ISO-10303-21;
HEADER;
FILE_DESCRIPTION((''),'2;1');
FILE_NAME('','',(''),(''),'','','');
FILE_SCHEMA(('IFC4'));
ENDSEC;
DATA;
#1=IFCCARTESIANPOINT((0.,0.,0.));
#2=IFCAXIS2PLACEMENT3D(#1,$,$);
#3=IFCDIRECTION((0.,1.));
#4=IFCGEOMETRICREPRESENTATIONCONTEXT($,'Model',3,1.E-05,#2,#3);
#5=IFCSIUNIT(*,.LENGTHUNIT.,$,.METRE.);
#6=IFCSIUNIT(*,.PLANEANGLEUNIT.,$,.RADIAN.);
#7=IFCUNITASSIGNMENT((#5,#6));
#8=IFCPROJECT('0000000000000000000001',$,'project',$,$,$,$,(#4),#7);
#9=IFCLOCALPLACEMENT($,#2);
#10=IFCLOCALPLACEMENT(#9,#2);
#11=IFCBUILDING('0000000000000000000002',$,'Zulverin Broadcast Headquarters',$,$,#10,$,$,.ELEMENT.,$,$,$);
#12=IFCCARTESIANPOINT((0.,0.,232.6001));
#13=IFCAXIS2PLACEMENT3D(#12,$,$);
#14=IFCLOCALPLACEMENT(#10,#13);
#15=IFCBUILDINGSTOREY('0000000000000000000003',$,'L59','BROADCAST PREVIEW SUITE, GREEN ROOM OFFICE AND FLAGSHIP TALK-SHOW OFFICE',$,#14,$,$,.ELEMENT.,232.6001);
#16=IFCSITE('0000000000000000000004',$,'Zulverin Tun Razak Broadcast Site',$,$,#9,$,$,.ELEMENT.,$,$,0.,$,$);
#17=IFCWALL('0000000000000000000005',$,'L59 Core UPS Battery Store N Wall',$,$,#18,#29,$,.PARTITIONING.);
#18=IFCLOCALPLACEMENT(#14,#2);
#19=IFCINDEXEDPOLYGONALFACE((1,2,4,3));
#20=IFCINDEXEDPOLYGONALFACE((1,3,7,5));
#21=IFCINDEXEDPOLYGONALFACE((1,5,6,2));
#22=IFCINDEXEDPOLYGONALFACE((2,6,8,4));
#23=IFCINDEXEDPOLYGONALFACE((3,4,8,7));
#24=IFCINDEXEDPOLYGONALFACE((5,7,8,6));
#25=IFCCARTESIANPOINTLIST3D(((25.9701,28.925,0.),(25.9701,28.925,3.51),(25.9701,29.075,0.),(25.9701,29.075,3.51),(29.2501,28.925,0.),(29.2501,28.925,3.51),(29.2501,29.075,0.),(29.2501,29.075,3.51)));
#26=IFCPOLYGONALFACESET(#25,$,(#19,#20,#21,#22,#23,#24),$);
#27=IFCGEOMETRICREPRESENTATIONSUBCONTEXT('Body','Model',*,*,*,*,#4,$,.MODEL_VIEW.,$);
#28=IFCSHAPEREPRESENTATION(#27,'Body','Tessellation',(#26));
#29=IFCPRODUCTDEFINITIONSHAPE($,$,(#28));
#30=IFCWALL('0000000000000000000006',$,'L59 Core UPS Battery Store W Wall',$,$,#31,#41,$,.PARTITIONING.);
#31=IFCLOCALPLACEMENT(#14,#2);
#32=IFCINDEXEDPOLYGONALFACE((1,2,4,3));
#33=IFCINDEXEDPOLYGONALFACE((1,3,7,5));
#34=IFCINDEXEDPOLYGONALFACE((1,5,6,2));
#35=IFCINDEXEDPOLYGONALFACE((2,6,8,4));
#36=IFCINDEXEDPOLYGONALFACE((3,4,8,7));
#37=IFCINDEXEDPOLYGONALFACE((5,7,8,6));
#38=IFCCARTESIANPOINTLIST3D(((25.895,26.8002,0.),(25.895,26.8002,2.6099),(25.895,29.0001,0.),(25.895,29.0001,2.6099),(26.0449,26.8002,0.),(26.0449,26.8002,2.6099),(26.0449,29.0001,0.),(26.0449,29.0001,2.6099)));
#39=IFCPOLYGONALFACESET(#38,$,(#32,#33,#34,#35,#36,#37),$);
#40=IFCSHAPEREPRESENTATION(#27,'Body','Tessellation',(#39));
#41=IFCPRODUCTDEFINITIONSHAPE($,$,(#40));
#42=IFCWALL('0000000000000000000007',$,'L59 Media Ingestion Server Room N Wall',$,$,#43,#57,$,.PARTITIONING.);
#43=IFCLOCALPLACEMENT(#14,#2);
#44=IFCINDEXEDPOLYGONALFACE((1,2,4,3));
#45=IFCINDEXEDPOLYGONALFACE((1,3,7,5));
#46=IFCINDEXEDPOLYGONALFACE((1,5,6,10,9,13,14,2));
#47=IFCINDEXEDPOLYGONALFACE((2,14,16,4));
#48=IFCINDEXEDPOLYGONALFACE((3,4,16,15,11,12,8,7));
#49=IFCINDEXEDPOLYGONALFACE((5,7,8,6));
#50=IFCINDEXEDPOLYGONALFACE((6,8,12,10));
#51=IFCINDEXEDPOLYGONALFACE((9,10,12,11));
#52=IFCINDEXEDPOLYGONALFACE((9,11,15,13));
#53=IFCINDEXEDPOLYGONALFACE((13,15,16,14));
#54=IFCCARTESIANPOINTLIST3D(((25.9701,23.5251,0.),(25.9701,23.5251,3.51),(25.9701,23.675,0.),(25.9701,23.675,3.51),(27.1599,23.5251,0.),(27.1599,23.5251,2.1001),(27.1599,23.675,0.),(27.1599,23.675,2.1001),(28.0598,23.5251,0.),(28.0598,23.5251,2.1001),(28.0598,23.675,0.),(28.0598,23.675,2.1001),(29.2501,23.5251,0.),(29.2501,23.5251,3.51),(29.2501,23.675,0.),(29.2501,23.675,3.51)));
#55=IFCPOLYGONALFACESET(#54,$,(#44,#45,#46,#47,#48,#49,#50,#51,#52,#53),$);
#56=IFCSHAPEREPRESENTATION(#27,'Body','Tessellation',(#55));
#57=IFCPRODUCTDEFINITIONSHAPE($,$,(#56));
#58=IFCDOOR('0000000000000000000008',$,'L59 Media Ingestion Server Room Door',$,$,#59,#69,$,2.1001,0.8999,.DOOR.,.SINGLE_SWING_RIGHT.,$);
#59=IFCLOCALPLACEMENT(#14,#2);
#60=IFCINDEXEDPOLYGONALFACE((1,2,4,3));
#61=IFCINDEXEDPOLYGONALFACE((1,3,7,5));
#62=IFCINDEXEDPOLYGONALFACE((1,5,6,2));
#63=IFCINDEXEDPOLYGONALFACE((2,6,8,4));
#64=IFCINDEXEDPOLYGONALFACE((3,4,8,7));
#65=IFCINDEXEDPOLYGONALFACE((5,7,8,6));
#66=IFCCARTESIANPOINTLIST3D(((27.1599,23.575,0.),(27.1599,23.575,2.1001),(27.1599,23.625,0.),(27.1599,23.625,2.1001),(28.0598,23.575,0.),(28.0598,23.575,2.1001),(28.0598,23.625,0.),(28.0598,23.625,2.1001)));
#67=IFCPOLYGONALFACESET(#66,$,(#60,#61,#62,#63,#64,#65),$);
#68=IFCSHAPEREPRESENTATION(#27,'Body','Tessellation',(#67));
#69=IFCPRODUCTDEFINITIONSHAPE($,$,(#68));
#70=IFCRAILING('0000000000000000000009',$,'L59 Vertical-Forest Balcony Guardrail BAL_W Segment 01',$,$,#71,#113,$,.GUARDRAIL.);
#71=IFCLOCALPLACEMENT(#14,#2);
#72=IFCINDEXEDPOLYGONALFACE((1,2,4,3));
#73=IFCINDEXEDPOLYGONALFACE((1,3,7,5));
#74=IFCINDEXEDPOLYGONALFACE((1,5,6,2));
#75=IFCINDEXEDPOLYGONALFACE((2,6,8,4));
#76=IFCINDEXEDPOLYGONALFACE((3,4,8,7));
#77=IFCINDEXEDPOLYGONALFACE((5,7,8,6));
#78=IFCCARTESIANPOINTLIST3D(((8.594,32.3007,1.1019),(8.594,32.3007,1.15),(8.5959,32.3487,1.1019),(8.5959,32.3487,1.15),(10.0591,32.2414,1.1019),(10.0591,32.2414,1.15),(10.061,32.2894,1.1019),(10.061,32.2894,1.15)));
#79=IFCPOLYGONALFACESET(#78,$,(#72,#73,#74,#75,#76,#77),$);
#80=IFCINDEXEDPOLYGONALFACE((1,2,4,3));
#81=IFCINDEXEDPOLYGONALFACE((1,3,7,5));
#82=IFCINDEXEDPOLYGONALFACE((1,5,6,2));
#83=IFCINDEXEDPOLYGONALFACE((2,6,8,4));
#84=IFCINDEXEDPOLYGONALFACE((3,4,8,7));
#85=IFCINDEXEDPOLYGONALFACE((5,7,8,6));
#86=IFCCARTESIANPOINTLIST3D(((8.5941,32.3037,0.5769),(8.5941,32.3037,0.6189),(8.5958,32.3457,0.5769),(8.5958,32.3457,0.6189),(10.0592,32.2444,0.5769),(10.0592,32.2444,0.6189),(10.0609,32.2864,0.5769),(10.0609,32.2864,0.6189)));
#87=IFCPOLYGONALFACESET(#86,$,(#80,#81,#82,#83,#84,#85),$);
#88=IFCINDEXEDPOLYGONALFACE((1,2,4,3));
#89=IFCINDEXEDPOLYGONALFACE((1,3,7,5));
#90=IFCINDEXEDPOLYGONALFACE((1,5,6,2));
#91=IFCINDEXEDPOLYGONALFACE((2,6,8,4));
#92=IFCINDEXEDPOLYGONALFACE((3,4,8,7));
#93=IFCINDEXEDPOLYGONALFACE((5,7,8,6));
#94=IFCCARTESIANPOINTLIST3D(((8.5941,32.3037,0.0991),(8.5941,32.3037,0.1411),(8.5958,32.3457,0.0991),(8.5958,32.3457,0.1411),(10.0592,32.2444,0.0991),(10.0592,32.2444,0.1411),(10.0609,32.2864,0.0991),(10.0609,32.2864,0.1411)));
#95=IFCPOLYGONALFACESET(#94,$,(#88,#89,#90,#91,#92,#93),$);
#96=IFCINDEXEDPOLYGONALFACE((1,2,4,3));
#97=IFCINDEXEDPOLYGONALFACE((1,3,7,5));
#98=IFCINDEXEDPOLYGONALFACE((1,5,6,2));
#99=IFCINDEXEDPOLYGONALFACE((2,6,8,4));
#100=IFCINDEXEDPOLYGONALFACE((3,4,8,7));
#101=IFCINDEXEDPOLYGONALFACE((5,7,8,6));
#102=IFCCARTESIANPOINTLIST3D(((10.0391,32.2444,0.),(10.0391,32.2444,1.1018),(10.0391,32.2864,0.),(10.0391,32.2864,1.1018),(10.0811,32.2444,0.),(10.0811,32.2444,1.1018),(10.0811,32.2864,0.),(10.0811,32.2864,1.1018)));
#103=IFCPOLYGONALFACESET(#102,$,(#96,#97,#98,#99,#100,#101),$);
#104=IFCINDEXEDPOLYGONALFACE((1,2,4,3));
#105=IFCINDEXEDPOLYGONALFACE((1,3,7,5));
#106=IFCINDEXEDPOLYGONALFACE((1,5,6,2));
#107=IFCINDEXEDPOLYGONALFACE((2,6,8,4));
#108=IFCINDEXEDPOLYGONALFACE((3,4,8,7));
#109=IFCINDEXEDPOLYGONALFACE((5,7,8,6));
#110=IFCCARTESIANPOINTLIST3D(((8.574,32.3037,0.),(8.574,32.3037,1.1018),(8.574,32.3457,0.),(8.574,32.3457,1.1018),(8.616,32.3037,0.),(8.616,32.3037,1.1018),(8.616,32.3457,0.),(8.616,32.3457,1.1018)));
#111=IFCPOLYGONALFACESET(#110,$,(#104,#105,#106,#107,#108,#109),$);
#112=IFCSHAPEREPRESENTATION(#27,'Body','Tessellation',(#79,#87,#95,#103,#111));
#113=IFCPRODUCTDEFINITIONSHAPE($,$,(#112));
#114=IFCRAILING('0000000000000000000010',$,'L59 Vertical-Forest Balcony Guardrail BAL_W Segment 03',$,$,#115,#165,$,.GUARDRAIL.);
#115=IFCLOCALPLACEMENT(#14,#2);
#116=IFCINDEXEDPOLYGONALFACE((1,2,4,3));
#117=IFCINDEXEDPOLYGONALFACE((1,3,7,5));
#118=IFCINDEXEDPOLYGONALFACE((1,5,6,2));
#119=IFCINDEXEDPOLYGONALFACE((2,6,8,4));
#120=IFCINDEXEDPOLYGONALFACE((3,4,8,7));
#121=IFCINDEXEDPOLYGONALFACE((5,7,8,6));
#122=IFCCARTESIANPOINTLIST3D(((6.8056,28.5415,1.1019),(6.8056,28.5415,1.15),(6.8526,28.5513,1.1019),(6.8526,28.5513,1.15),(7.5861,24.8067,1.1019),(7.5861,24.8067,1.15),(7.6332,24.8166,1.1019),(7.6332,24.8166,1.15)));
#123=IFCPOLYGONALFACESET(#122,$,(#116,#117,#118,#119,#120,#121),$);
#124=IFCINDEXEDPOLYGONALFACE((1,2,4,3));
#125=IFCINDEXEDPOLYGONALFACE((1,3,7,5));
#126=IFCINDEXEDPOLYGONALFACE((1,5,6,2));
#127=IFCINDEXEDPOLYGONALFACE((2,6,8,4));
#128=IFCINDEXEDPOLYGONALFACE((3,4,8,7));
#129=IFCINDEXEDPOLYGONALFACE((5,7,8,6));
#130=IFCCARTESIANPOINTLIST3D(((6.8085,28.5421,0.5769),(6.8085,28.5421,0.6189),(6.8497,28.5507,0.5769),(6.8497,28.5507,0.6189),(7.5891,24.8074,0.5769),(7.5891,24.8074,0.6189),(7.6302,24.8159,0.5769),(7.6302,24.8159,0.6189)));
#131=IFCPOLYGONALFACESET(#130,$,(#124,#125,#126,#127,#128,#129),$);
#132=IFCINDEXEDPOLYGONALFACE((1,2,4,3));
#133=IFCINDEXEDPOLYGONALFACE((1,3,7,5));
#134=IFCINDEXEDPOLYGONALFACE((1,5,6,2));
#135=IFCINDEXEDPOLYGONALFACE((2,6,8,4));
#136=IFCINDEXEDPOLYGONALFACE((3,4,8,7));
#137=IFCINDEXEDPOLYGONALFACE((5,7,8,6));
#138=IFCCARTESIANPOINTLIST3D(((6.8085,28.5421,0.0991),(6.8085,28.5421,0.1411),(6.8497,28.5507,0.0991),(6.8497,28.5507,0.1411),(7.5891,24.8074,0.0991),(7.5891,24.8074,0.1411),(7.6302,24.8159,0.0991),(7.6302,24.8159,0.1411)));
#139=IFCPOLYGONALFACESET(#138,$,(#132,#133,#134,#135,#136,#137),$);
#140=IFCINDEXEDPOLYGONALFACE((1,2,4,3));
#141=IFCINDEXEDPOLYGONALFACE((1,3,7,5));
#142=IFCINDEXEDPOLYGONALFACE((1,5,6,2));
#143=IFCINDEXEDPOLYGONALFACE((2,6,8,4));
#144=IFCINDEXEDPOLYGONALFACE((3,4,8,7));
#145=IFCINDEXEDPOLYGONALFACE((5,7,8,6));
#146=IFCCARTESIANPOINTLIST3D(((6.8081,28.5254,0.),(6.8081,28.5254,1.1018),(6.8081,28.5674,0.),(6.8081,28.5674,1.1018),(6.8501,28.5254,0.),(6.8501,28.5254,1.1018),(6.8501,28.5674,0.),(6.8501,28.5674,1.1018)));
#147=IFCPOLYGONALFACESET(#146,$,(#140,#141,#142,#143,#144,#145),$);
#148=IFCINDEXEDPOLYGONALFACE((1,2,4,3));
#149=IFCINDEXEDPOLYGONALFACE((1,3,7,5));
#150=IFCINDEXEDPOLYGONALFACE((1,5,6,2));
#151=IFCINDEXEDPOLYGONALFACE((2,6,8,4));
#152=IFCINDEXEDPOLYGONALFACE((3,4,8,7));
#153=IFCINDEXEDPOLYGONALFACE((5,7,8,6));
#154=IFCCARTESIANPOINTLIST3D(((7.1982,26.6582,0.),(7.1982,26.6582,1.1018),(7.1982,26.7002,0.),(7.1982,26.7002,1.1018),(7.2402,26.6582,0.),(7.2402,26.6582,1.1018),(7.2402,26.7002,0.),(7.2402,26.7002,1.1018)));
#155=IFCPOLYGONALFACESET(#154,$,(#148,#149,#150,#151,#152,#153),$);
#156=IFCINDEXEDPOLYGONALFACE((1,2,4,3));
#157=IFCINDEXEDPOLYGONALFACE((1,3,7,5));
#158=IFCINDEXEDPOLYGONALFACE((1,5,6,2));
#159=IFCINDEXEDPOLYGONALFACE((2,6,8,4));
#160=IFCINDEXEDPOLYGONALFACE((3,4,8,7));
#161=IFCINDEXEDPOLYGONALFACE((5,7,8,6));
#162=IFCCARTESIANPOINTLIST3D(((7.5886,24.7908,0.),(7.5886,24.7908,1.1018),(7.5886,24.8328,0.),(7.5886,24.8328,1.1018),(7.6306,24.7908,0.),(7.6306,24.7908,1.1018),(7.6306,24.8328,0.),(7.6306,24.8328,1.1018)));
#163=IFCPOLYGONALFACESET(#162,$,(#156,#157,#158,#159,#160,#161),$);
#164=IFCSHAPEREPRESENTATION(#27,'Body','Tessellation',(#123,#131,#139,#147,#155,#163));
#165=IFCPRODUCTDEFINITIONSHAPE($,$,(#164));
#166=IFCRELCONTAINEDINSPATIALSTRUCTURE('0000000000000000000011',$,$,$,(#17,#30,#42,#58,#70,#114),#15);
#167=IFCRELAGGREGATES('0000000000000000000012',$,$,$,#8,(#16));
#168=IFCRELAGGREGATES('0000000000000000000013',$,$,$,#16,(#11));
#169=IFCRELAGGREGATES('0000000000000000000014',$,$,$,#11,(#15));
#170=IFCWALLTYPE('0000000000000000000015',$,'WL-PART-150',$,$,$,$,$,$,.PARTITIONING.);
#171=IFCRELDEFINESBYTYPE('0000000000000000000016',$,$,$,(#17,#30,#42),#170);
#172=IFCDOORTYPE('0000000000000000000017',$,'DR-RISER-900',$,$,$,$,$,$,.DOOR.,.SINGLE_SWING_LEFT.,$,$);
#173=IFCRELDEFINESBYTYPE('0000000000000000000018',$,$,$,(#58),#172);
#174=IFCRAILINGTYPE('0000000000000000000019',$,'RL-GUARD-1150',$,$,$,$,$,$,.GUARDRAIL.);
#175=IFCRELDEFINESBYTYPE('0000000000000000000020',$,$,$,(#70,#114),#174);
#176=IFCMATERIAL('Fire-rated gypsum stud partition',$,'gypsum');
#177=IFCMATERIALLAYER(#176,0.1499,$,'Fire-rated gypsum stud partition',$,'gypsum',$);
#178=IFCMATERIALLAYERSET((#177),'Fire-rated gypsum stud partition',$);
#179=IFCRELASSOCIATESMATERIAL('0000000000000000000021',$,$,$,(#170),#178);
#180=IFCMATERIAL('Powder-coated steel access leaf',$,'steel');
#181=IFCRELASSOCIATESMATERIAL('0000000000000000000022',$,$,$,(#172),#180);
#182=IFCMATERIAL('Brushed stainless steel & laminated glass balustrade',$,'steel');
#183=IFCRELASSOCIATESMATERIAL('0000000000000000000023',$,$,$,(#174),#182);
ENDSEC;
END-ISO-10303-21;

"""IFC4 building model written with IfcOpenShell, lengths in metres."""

from ifc_helpers import new_model, si_unit, direction, frame, frame_2d, origin, origin_2d, place, context, subcontext, project, spatial, rectangle, extrude, material, layer, layer_set, type_object, element, fill, save


model = new_model("IFC4")

# Units and contexts
model_context = context("Model", 3, precision=1e-05, world=origin(), true_north=direction((0.0, 1.0)))
body_context = subcontext(model_context, "Body", "Model", "MODEL_VIEW")
ifc_project = project(units=[si_unit("LENGTHUNIT", "METRE"), si_unit("PLANEANGLEUNIT", "RADIAN")], contexts=[model_context])

# Site, building, storey
site_placement = place(None, origin())
site = spatial("IfcSite", under=ifc_project, at=site_placement, Name="Zulverin Tun Razak Broadcast Site", CompositionType="ELEMENT", RefElevation=0.0)
building_placement = place(site_placement, origin())
building = spatial("IfcBuilding", under=site, at=building_placement, Name="Zulverin Broadcast Headquarters", CompositionType="ELEMENT")
storey_placement = place(building_placement, frame((0.0, 0.0, 232.6001)))
storey = spatial("IfcBuildingStorey", under=building, at=storey_placement, Name="L59", Description="BROADCAST PREVIEW SUITE, GREEN ROOM OFFICE AND FLAGSHIP TALK-SHOW OFFICE", CompositionType="ELEMENT", Elevation=232.6001)

# Shared definitions
ifc_material_1 = material(Name="Fire-rated gypsum stud partition", Category="gypsum")
ifc_layer_1 = layer(ifc_material_1, 0.1499, Name="Fire-rated gypsum stud partition", Category="gypsum")
ifc_layer_set_1 = layer_set([ifc_layer_1], Name="Fire-rated gypsum stud partition")
wall_type_1 = type_object("IfcWallType", Name="WL-PART-150", PredefinedType="PARTITIONING", material=ifc_layer_set_1)

# Shared definitions
ifc_material_2 = material(Name="Powder-coated steel access leaf", Category="steel")
door_type_1 = type_object("IfcDoorType", Name="DR-RISER-900", OperationType="SINGLE_SWING_LEFT", PredefinedType="DOOR", material=ifc_material_2)

# Walls
wall_1_placement = place(storey_placement, frame((25.97, 29.0, 0.0), z_axis=(0.0, 0.0, 1.0), x_axis=(1.0, 0.0, 0.0)))
element("IfcWall", 1, at=wall_1_placement, inside=storey, type_object=wall_type_1, Name="L59 Core UPS Battery Store N Wall", PredefinedType="PARTITIONING", context=body_context, shape_type="SweptSolid", body=[
    extrude(rectangle(XDim=3.28, YDim=0.1499, at=frame_2d((1.6401, 0.0))), origin(), (0.0, 0.0, 1.0), 3.51),
])
wall_2_placement = place(storey_placement, frame((25.97, 26.8, 0.0), z_axis=(0.0, 0.0, 1.0), x_axis=(0.0, 1.0, 0.0)))
element("IfcWall", 2, at=wall_2_placement, inside=storey, type_object=wall_type_1, Name="L59 Core UPS Battery Store W Wall", PredefinedType="PARTITIONING", context=body_context, shape_type="SweptSolid", body=[
    extrude(rectangle(XDim=2.2, YDim=0.1499, at=frame_2d((1.1001, 0.0))), origin(), (0.0, 0.0, 1.0), 2.6099),
])

# Wall, opening, door
wall_3_placement = place(storey_placement, frame((25.97, 23.6001, 0.0), z_axis=(0.0, 0.0, 1.0), x_axis=(1.0, 0.0, 0.0)))
wall_3 = element("IfcWall", 3, at=wall_3_placement, inside=storey, type_object=wall_type_1, Name="L59 Media Ingestion Server Room N Wall", PredefinedType="PARTITIONING", context=body_context, shape_type="SweptSolid", body=[
    extrude(rectangle(XDim=3.28, YDim=0.1499, at=frame_2d((1.6401, 0.0))), origin(), (0.0, 0.0, 1.0), 3.51),
])
opening_1_placement = place(wall_3_placement, frame((1.1899, 0.0, 0.0)))
opening_1 = element("IfcOpeningElement", 4, at=opening_1_placement, cuts=wall_3, PredefinedType="OPENING", context=body_context, shape_type="SweptSolid", body=[
    extrude(rectangle(XDim=0.8999, YDim=2.1001, at=frame_2d((0.45, 1.05))), frame((0.0, 0.085, 0.0), z_axis=(0.0, -1.0, 0.0), x_axis=(1.0, 0.0, 0.0)), (0.0, 0.0, 1.0), 0.1699),
])
door_1_placement = place(opening_1_placement, origin())
door_1 = element("IfcDoor", 5, at=door_1_placement, inside=storey, type_object=door_type_1, Name="L59 Media Ingestion Server Room Door", OperationType="SINGLE_SWING_RIGHT", OverallHeight=2.1001, OverallWidth=0.8999, PredefinedType="DOOR", context=body_context, shape_type="SweptSolid", body=[
    extrude(rectangle(XDim=0.8999, YDim=2.1001, at=frame_2d((0.45, 1.05))), frame((0.0, 0.0249, 0.0), z_axis=(0.0, -1.0, 0.0), x_axis=(1.0, 0.0, 0.0)), (0.0, 0.0, 1.0), 0.05),
])
fill(opening_1, door_1)

# Railings
ifc_material_3 = material(Name="Brushed stainless steel & laminated glass balustrade", Category="steel")
railing_type = type_object("IfcRailingType", Name="RL-GUARD-1150", PredefinedType="GUARDRAIL", material=ifc_material_3)
railing_1_placement = place(storey_placement, frame((10.0601, 32.2654, 0.0)))
element("IfcRailing", 6, at=railing_1_placement, inside=storey, type_object=railing_type, Name="L59 Vertical-Forest Balcony Guardrail BAL_W Segment 01", PredefinedType="GUARDRAIL", context=body_context, shape_type="SweptSolid", body=[
    extrude(rectangle(XDim=0.0481, YDim=0.0481, at=origin_2d()), frame((0.0, 0.0, 1.126), z_axis=(-0.999181, 0.04046, 0.0), x_axis=(-0.04046, -0.999181, 0.0)), (0.0, 0.0, 1.0), 1.4663),
    extrude(rectangle(XDim=0.042, YDim=0.042, at=origin_2d()), frame((0.0, 0.0, 0.5979), z_axis=(-0.999181, 0.04046, 0.0), x_axis=(-0.04046, -0.999181, 0.0)), (0.0, 0.0, 1.0), 1.4663),
    extrude(rectangle(XDim=0.042, YDim=0.042, at=origin_2d()), frame((0.0, 0.0, 0.1201), z_axis=(-0.999181, 0.04046, 0.0), x_axis=(-0.04046, -0.999181, 0.0)), (0.0, 0.0, 1.0), 1.4663),
    extrude(rectangle(XDim=0.042, YDim=0.042, at=origin_2d()), origin(), (0.0, 0.0, 1.0), 1.1018),
    extrude(rectangle(XDim=0.042, YDim=0.042, at=origin_2d()), frame((-1.4651, 0.0593, 0.0)), (0.0, 0.0, 1.0), 1.1018),
])
railing_2_placement = place(storey_placement, frame((6.8291, 28.5464, 0.0)))
element("IfcRailing", 7, at=railing_2_placement, inside=storey, type_object=railing_type, Name="L59 Vertical-Forest Balcony Guardrail BAL_W Segment 03", PredefinedType="GUARDRAIL", context=body_context, shape_type="SweptSolid", body=[
    extrude(rectangle(XDim=0.0481, YDim=0.0481, at=origin_2d()), frame((0.0, 0.0, 1.126), z_axis=(0.204575, -0.978851, 0.0), x_axis=(0.978851, 0.204575, 0.0)), (0.0, 0.0, 1.0), 3.8154),
    extrude(rectangle(XDim=0.042, YDim=0.042, at=origin_2d()), frame((0.0, 0.0, 0.5979), z_axis=(0.204575, -0.978851, 0.0), x_axis=(0.978851, 0.204575, 0.0)), (0.0, 0.0, 1.0), 3.8154),
    extrude(rectangle(XDim=0.042, YDim=0.042, at=origin_2d()), frame((0.0, 0.0, 0.1201), z_axis=(0.204575, -0.978851, 0.0), x_axis=(0.978851, 0.204575, 0.0)), (0.0, 0.0, 1.0), 3.8154),
    extrude(rectangle(XDim=0.042, YDim=0.042, at=origin_2d()), origin(), (0.0, 0.0, 1.0), 1.1018),
    extrude(rectangle(XDim=0.042, YDim=0.042, at=origin_2d()), frame((0.3901, -1.8672, 0.0)), (0.0, 0.0, 1.0), 1.1018),
    extrude(rectangle(XDim=0.042, YDim=0.042, at=origin_2d()), frame((0.7805, -3.7346, 0.0)), (0.0, 0.0, 1.0), 1.1018),
])

save(model, "model.ifc")
